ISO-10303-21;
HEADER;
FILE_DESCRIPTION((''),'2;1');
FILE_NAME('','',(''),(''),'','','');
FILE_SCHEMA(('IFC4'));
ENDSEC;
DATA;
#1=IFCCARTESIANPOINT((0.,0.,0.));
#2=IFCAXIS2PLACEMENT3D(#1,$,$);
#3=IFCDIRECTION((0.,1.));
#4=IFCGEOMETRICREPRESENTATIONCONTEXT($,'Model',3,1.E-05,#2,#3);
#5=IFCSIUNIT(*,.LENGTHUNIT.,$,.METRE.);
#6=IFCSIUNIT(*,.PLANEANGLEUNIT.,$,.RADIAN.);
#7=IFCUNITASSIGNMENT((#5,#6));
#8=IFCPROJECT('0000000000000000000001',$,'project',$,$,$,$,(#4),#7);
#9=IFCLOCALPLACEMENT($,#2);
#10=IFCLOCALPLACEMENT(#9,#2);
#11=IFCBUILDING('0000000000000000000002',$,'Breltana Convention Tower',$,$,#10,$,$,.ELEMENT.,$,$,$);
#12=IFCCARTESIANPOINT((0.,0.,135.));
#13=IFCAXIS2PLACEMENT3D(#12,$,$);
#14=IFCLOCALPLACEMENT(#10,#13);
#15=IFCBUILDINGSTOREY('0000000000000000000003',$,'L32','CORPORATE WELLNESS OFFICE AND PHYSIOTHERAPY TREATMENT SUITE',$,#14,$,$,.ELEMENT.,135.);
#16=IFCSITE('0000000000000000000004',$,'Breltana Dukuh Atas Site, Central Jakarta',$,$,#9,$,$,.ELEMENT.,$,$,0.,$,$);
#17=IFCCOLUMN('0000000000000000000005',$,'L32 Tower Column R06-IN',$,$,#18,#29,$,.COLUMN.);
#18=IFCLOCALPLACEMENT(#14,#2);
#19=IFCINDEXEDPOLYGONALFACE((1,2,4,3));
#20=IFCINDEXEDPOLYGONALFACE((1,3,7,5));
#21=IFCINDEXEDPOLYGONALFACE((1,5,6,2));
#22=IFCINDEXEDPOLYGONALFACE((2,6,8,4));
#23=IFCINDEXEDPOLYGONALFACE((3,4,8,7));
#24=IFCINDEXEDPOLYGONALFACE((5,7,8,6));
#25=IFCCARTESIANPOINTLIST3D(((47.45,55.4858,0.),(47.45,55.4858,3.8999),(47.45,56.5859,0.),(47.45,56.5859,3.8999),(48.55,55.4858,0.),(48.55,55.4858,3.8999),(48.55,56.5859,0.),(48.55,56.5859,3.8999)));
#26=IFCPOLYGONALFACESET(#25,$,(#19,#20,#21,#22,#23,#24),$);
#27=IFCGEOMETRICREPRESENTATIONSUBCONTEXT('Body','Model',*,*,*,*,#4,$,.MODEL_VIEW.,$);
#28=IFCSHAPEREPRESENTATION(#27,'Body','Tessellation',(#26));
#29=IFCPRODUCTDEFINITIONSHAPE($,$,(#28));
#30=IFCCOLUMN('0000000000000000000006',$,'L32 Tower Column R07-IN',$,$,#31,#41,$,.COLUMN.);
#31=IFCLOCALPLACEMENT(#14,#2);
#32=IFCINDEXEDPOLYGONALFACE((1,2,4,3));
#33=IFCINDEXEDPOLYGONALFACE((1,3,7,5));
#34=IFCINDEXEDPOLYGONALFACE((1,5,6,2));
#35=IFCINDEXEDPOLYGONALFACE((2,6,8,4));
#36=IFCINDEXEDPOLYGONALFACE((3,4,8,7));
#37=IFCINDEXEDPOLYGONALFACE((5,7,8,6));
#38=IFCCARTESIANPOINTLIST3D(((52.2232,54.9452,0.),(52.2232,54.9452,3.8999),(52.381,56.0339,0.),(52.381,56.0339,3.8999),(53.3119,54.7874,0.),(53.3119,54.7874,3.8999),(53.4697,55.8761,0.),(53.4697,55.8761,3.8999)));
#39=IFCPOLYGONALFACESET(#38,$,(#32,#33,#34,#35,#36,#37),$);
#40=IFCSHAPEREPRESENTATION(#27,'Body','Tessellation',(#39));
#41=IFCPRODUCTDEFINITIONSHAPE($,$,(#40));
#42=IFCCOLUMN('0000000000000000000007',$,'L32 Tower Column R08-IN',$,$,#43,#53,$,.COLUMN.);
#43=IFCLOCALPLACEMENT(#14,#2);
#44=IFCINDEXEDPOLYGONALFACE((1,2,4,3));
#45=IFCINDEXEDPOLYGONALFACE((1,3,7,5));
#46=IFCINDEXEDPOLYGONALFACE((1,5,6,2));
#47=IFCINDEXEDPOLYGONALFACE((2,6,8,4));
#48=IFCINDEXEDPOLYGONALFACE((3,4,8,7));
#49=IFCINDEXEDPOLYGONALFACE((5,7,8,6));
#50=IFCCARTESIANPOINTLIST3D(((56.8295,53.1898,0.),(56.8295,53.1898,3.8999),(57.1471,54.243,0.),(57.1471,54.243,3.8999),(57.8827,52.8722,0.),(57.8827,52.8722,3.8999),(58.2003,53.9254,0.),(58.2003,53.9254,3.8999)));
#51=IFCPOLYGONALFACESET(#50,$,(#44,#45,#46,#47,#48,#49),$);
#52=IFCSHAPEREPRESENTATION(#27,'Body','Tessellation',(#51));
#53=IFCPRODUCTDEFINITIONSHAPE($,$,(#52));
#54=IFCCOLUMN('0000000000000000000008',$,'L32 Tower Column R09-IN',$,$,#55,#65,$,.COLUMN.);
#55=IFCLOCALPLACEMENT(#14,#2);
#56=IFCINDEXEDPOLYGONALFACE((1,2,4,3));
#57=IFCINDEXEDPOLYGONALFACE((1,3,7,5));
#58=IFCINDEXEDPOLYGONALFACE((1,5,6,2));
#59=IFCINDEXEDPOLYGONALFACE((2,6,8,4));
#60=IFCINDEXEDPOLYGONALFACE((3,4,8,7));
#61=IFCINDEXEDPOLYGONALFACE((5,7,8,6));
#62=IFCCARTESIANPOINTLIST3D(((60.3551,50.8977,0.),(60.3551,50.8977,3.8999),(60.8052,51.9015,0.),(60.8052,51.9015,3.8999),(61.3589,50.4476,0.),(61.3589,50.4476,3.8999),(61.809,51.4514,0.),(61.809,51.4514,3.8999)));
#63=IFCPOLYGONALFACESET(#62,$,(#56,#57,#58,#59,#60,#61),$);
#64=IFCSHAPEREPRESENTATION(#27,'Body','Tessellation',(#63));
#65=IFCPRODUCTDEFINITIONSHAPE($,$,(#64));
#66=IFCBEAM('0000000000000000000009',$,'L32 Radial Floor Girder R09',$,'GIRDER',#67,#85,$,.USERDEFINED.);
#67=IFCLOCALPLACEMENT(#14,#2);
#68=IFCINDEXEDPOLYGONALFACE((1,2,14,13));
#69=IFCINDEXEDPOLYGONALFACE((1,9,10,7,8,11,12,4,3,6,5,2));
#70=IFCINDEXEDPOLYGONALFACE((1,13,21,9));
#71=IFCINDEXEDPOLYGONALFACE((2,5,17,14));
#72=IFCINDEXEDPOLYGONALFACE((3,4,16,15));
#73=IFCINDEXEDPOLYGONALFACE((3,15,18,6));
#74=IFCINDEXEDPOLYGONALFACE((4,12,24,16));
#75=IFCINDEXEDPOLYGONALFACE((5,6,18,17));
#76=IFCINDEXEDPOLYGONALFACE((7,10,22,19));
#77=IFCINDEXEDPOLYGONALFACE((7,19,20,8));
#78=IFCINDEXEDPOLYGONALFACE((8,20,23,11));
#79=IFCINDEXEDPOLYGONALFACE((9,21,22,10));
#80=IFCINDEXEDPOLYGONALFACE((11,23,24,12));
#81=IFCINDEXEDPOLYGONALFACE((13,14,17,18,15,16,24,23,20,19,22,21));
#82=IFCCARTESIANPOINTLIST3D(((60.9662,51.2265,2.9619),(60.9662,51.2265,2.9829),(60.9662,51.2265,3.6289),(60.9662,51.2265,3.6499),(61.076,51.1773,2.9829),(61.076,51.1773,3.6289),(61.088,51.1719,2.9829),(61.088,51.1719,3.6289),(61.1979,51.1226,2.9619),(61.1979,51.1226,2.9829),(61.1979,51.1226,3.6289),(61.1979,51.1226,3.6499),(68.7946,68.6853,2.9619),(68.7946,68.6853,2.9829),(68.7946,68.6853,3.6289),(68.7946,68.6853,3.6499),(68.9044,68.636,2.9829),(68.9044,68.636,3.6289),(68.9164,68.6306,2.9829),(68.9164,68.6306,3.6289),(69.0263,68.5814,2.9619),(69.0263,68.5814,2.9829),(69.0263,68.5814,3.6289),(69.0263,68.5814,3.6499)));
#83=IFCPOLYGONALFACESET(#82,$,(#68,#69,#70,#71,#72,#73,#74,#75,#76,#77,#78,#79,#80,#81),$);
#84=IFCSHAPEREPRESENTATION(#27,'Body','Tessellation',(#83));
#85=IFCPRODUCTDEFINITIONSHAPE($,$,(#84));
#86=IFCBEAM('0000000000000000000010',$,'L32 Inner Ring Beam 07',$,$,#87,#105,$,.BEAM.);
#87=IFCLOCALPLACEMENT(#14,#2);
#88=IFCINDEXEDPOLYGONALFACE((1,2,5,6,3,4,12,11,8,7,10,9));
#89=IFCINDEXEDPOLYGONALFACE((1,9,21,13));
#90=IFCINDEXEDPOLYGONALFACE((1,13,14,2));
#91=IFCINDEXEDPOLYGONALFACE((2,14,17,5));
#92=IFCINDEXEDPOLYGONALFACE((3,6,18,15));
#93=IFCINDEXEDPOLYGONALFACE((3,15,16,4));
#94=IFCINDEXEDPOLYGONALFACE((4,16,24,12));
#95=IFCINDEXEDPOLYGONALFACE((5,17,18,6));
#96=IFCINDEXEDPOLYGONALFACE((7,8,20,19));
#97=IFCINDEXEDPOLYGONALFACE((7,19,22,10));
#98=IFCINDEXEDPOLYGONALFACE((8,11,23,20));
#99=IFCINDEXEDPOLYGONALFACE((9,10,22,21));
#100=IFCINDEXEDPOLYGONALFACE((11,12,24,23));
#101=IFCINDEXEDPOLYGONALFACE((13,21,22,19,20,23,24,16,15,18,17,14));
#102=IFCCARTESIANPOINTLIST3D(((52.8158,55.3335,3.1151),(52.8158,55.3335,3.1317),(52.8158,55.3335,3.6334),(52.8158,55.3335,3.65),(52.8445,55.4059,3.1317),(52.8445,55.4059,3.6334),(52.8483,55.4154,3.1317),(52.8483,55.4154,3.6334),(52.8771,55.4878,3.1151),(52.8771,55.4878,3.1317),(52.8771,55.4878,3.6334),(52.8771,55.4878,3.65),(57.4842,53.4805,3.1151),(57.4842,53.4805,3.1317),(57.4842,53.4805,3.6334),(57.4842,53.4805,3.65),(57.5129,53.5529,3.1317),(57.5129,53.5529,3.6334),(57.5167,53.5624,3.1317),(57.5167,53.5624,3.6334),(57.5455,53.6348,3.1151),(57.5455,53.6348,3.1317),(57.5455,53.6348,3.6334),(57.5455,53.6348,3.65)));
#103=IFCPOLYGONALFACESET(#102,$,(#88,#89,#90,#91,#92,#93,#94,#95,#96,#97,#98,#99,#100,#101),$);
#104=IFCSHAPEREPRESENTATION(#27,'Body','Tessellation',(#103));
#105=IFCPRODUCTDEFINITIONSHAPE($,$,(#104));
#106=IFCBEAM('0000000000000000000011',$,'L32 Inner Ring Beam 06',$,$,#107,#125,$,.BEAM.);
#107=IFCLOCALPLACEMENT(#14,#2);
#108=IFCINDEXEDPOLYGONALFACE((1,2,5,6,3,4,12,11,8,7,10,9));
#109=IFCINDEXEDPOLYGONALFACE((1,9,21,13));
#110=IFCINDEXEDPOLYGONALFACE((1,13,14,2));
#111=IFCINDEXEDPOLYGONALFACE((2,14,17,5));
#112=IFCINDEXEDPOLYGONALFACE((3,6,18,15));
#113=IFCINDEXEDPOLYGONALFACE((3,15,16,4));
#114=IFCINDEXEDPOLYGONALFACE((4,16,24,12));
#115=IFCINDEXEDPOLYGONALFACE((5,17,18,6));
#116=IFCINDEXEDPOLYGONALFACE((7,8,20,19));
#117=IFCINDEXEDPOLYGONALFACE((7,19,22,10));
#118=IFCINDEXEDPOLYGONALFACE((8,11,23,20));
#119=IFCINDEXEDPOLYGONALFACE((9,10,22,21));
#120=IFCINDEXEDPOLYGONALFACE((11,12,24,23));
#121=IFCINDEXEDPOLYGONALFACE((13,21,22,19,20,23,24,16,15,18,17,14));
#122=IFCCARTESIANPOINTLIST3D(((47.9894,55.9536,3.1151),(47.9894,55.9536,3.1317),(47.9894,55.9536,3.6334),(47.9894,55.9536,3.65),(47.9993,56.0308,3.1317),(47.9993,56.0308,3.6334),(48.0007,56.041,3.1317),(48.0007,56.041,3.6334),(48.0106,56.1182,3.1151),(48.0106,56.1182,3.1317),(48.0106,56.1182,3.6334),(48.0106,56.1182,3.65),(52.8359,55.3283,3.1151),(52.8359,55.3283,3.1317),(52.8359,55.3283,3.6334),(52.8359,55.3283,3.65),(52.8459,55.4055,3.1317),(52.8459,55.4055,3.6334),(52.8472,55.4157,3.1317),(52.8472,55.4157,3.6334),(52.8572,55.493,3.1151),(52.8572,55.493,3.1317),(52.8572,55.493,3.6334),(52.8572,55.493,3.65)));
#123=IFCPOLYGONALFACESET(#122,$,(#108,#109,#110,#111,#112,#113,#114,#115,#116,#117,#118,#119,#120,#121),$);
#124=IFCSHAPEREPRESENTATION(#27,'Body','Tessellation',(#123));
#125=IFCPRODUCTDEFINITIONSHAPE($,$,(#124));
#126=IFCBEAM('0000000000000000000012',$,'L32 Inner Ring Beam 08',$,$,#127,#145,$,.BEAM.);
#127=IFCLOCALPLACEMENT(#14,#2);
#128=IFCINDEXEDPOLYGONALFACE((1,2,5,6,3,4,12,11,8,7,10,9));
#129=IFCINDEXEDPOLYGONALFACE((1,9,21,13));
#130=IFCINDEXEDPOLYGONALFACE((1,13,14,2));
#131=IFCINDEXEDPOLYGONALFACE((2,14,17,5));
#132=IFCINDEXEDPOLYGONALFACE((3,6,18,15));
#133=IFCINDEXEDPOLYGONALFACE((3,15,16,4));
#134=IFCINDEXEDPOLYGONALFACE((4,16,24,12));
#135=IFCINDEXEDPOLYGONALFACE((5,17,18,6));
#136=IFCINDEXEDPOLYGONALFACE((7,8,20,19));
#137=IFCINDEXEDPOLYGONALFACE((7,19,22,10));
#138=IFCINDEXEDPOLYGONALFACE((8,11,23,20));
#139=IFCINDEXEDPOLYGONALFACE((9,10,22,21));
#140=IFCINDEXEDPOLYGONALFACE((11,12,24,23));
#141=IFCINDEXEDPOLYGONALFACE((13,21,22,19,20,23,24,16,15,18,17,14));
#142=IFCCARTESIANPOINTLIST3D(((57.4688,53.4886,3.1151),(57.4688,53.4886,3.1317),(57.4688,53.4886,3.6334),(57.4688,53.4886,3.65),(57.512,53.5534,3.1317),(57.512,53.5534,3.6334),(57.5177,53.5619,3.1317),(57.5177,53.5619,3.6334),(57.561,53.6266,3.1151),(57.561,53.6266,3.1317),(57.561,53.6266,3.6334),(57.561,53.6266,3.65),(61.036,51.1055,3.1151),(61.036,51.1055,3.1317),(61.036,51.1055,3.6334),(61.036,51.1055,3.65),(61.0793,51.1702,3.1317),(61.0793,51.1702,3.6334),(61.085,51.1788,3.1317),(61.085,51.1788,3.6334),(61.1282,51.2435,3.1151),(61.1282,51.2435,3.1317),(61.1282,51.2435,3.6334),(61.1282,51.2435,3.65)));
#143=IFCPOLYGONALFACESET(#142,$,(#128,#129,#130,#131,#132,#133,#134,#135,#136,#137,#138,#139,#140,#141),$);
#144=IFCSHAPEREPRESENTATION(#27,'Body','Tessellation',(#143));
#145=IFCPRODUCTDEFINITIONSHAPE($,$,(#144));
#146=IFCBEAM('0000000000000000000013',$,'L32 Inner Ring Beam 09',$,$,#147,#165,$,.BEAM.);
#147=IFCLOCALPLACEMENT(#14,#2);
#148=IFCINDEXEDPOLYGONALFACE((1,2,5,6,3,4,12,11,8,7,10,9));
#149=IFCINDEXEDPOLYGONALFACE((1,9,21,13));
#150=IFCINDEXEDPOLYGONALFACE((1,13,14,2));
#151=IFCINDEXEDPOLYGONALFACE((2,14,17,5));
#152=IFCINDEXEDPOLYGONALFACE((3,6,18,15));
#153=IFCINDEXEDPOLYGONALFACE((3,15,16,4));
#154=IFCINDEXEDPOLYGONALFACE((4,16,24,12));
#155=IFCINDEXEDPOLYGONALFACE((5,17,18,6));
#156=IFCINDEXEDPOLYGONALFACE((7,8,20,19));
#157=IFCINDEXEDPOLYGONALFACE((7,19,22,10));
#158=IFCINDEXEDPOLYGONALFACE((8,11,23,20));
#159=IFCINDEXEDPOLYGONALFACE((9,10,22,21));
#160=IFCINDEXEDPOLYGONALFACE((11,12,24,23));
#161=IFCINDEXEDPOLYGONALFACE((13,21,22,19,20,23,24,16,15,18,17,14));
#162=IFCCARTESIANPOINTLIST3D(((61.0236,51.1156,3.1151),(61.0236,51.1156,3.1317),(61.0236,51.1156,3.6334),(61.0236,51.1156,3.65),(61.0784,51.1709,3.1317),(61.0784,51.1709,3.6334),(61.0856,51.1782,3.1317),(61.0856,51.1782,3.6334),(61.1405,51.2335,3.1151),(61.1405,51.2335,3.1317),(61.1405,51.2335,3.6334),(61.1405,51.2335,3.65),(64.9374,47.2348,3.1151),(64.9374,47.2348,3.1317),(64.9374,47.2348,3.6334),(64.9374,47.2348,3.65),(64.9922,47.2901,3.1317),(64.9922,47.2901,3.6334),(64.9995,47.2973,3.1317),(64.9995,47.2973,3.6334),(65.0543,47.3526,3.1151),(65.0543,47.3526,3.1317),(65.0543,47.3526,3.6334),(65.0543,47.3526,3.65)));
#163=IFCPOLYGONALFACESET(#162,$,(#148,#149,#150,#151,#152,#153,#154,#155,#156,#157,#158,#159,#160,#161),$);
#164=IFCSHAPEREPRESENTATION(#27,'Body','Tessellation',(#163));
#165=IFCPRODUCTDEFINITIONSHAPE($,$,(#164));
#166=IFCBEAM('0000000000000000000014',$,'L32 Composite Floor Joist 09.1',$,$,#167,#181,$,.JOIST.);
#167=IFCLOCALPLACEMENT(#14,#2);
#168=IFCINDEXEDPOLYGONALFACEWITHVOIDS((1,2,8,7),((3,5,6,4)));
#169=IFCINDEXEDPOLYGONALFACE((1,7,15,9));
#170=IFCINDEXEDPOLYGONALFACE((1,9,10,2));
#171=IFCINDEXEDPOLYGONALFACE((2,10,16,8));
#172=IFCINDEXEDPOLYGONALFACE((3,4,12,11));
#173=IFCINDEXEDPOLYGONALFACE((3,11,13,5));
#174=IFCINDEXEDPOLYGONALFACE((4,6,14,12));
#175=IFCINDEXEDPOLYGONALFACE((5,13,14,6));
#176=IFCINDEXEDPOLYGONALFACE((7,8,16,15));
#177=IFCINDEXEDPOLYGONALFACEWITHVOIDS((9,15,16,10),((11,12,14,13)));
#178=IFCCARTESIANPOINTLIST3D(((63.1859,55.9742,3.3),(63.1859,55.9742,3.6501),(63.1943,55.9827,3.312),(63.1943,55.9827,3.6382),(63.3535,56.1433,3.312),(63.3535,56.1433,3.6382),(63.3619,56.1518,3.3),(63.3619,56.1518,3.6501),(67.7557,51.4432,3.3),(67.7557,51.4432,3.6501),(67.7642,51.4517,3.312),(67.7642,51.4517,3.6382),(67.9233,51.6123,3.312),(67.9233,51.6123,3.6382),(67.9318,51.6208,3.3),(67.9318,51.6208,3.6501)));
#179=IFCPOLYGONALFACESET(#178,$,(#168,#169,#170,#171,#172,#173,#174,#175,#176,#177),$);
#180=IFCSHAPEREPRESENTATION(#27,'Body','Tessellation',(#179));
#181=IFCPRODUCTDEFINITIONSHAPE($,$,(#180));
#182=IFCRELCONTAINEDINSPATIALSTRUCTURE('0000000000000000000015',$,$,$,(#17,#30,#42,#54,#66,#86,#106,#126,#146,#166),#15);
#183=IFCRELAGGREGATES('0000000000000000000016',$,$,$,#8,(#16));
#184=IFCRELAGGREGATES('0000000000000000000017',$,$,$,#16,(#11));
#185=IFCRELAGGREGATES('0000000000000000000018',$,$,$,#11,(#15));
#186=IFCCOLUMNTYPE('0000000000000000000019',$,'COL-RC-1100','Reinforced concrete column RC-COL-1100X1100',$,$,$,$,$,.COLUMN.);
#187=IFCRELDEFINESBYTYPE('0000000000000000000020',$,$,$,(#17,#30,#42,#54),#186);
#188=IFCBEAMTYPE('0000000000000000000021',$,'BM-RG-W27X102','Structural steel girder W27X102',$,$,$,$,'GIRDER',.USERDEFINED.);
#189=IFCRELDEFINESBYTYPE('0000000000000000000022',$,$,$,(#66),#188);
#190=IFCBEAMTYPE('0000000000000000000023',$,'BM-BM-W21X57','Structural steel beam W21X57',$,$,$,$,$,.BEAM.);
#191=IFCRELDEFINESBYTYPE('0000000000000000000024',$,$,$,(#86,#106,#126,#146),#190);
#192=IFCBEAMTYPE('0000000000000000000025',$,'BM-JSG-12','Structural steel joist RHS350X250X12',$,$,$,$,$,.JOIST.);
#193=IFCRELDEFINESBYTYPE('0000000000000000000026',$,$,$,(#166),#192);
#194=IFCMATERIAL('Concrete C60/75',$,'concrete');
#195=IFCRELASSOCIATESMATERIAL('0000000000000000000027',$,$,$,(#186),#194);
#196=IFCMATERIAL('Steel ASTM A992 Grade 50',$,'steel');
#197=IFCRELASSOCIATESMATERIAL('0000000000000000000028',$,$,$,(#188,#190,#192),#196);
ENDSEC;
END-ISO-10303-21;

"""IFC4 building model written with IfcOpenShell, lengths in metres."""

from ifc_helpers import new_model, si_unit, direction, frame, origin, origin_2d, place, context, subcontext, project, spatial, rectangle, hollow_rectangle, i_section, extrude, source, transform, mapped, material, material_profile, profile_set, type_object, element, save


model = new_model("IFC4")

# Units and contexts
model_context = context("Model", 3, precision=1e-05, world=origin(), true_north=direction((0.0, 1.0)))
body_context = subcontext(model_context, "Body", "Model", "MODEL_VIEW")
ifc_project = project(units=[si_unit("LENGTHUNIT", "METRE"), si_unit("PLANEANGLEUNIT", "RADIAN")], contexts=[model_context])

# Site, building, storey
site_placement = place(None, origin())
site = spatial("IfcSite", under=ifc_project, at=site_placement, Name="Breltana Dukuh Atas Site, Central Jakarta", CompositionType="ELEMENT", RefElevation=0.0)
building_placement = place(site_placement, origin())
building = spatial("IfcBuilding", under=site, at=building_placement, Name="Breltana Convention Tower", CompositionType="ELEMENT")
storey_placement = place(building_placement, frame((0.0, 0.0, 135.0)))
storey = spatial("IfcBuildingStorey", under=building, at=storey_placement, Name="L32", Description="CORPORATE WELLNESS OFFICE AND PHYSIOTHERAPY TREATMENT SUITE", CompositionType="ELEMENT", Elevation=135.0)

# Columns
ifc_material_1 = material(Name="Concrete C60/75", Category="concrete")
ifc_material_profile_1 = material_profile(ifc_material_1, rectangle(XDim=1.1001, YDim=1.1001, at=origin_2d()), Name="RC-COL-1100X1100")
ifc_profile_set_1 = profile_set([ifc_material_profile_1], Name="Concrete C60/75")
column_type = type_object("IfcColumnType", Name="COL-RC-1100", Description="Reinforced concrete column RC-COL-1100X1100", PredefinedType="COLUMN", material=ifc_profile_set_1)
shared_shape_1 = source(origin(), body_context, "Body", "SweptSolid", [
    extrude(rectangle(XDim=1.1001, YDim=1.1001, at=origin_2d()), origin(), (0.0, 0.0, 1.0), 3.8999),
])
for number, where, z_axis, x_axis, name in (
    (1, (48.0, 56.0359, 0.0), (0.0, 0.0, 1.0), (0.0, 1.0, 0.0), "L32 Tower Column R06-IN"),
    (2, (52.8464, 55.4106, 0.0), (0.0, 0.0, 1.0), (0.143493, 0.989651, 0.0), "L32 Tower Column R07-IN"),
    (3, (57.5149, 53.5576, 0.0), (0.0, 0.0, 1.0), (0.288698, 0.95742, 0.0), "L32 Tower Column R08-IN"),
    (4, (61.082, 51.1746, 0.0), (0.0, 0.0, 1.0), (0.409127, 0.912477, 0.0), "L32 Tower Column R09-IN"),
):
    element("IfcColumn", number, at=place(storey_placement, frame(where, z_axis=z_axis, x_axis=x_axis)), inside=storey, type_object=column_type, Name=name, PredefinedType="COLUMN", context=body_context, shape_type="MappedRepresentation", body=[
        mapped(shared_shape_1, transform((0.0, 0.0, 0.0), scale=1.0)),
    ])

# Beams
ifc_material_2 = material(Name="Steel ASTM A992 Grade 50", Category="steel")
ifc_material_profile_2 = material_profile(ifc_material_2, i_section(OverallWidth=0.2539, OverallDepth=0.688, WebThickness=0.0132, FlangeThickness=0.021, at=origin_2d()), Name="W27X102")
ifc_profile_set_2 = profile_set([ifc_material_profile_2], Name="Steel ASTM A992 Grade 50")
beam_type_1 = type_object("IfcBeamType", Name="BM-RG-W27X102", Description="Structural steel girder W27X102", ElementType="GIRDER", PredefinedType="USERDEFINED", material=ifc_profile_set_2)
shared_shape_2 = source(origin(), body_context, "Body", "SweptSolid", [
    extrude(i_section(OverallWidth=0.2539, OverallDepth=0.688, WebThickness=0.0132, FlangeThickness=0.021, at=origin_2d()), origin(), (0.0, 0.0, 1.0), 19.1335),
])
beam_1_placement = place(storey_placement, frame((61.082, 51.1746, 3.3059), z_axis=(0.409145, 0.91247, 0.0), x_axis=(-0.91247, 0.409145, 0.0)))
element("IfcBeam", 5, at=beam_1_placement, inside=storey, type_object=beam_type_1, Name="L32 Radial Floor Girder R09", ObjectType="GIRDER", PredefinedType="USERDEFINED", context=body_context, shape_type="MappedRepresentation", body=[
    mapped(shared_shape_2, transform((0.0, 0.0, 0.0), scale=1.0)),
])
ifc_material_profile_3 = material_profile(ifc_material_2, i_section(OverallWidth=0.166, OverallDepth=0.5349, WebThickness=0.0103, FlangeThickness=0.0166, at=origin_2d()), Name="W21X57")
ifc_profile_set_3 = profile_set([ifc_material_profile_3], Name="Steel ASTM A992 Grade 50")
beam_type_2 = type_object("IfcBeamType", Name="BM-BM-W21X57", Description="Structural steel beam W21X57", PredefinedType="BEAM", material=ifc_profile_set_3)
shared_shape_3 = source(origin(), body_context, "Body", "SweptSolid", [
    extrude(i_section(OverallWidth=0.166, OverallDepth=0.5349, WebThickness=0.0103, FlangeThickness=0.0166, at=origin_2d()), origin(), (0.0, 0.0, 1.0), 5.0227),
])
beam_2_placement = place(storey_placement, frame((52.8464, 55.4106, 3.3826), z_axis=(0.929459, -0.368926, 0.0), x_axis=(0.368926, 0.929459, 0.0)))
element("IfcBeam", 6, at=beam_2_placement, inside=storey, type_object=beam_type_2, Name="L32 Inner Ring Beam 07", PredefinedType="BEAM", context=body_context, shape_type="MappedRepresentation", body=[
    mapped(shared_shape_3, transform((0.0, 0.0, 0.0), scale=1.0)),
])
shared_shape_4 = source(origin(), body_context, "Body", "SweptSolid", [
    extrude(i_section(OverallWidth=0.166, OverallDepth=0.5349, WebThickness=0.0103, FlangeThickness=0.0166, at=origin_2d()), origin(), (0.0, 0.0, 1.0), 4.8867),
])
beam_3_placement = place(storey_placement, frame((48.0, 56.0359, 3.3826), z_axis=(0.991781, -0.127951, 0.0), x_axis=(0.127951, 0.991781, 0.0)))
element("IfcBeam", 7, at=beam_3_placement, inside=storey, type_object=beam_type_2, Name="L32 Inner Ring Beam 06", PredefinedType="BEAM", context=body_context, shape_type="MappedRepresentation", body=[
    mapped(shared_shape_4, transform((0.0, 0.0, 0.0), scale=1.0)),
])
shared_shape_5 = source(origin(), body_context, "Body", "SweptSolid", [
    extrude(i_section(OverallWidth=0.166, OverallDepth=0.5349, WebThickness=0.0103, FlangeThickness=0.0166, at=origin_2d()), origin(), (0.0, 0.0, 1.0), 4.29),
])
beam_4_placement = place(storey_placement, frame((57.5149, 53.5576, 3.3826), z_axis=(0.831516, -0.555501, 0.0), x_axis=(0.555501, 0.831516, 0.0)))
element("IfcBeam", 8, at=beam_4_placement, inside=storey, type_object=beam_type_2, Name="L32 Inner Ring Beam 08", PredefinedType="BEAM", context=body_context, shape_type="MappedRepresentation", body=[
    mapped(shared_shape_5, transform((0.0, 0.0, 0.0), scale=1.0)),
])
shared_shape_6 = source(origin(), body_context, "Body", "SweptSolid", [
    extrude(i_section(OverallWidth=0.166, OverallDepth=0.5349, WebThickness=0.0103, FlangeThickness=0.0166, at=origin_2d()), origin(), (0.0, 0.0, 1.0), 5.5117),
])
beam_5_placement = place(storey_placement, frame((61.082, 51.1746, 3.3826), z_axis=(0.71009, -0.704111, 0.0), x_axis=(0.704111, 0.71009, 0.0)))
element("IfcBeam", 9, at=beam_5_placement, inside=storey, type_object=beam_type_2, Name="L32 Inner Ring Beam 09", PredefinedType="BEAM", context=body_context, shape_type="MappedRepresentation", body=[
    mapped(shared_shape_6, transform((0.0, 0.0, 0.0), scale=1.0)),
])
ifc_material_profile_4 = material_profile(ifc_material_2, hollow_rectangle(XDim=0.25, YDim=0.3501, WallThickness=0.012, at=origin_2d()), Name="RHS350X250X12")
ifc_profile_set_4 = profile_set([ifc_material_profile_4], Name="Steel ASTM A992 Grade 50")
beam_type_3 = type_object("IfcBeamType", Name="BM-JSG-12", Description="Structural steel joist RHS350X250X12", PredefinedType="JOIST", material=ifc_profile_set_4)
shared_shape_7 = source(origin(), body_context, "Body", "SweptSolid", [
    extrude(hollow_rectangle(XDim=0.25, YDim=0.3501, WallThickness=0.012, at=origin_2d()), origin(), (0.0, 0.0, 1.0), 6.4353),
])
beam_6_placement = place(storey_placement, frame((63.2739, 56.063, 3.4751), z_axis=(0.710116, -0.704084, 0.0), x_axis=(0.704084, 0.710116, 0.0)))
element("IfcBeam", 10, at=beam_6_placement, inside=storey, type_object=beam_type_3, Name="L32 Composite Floor Joist 09.1", PredefinedType="JOIST", context=body_context, shape_type="MappedRepresentation", body=[
    mapped(shared_shape_7, transform((0.0, 0.0, 0.0), scale=1.0)),
])

save(model, "model.ifc")
